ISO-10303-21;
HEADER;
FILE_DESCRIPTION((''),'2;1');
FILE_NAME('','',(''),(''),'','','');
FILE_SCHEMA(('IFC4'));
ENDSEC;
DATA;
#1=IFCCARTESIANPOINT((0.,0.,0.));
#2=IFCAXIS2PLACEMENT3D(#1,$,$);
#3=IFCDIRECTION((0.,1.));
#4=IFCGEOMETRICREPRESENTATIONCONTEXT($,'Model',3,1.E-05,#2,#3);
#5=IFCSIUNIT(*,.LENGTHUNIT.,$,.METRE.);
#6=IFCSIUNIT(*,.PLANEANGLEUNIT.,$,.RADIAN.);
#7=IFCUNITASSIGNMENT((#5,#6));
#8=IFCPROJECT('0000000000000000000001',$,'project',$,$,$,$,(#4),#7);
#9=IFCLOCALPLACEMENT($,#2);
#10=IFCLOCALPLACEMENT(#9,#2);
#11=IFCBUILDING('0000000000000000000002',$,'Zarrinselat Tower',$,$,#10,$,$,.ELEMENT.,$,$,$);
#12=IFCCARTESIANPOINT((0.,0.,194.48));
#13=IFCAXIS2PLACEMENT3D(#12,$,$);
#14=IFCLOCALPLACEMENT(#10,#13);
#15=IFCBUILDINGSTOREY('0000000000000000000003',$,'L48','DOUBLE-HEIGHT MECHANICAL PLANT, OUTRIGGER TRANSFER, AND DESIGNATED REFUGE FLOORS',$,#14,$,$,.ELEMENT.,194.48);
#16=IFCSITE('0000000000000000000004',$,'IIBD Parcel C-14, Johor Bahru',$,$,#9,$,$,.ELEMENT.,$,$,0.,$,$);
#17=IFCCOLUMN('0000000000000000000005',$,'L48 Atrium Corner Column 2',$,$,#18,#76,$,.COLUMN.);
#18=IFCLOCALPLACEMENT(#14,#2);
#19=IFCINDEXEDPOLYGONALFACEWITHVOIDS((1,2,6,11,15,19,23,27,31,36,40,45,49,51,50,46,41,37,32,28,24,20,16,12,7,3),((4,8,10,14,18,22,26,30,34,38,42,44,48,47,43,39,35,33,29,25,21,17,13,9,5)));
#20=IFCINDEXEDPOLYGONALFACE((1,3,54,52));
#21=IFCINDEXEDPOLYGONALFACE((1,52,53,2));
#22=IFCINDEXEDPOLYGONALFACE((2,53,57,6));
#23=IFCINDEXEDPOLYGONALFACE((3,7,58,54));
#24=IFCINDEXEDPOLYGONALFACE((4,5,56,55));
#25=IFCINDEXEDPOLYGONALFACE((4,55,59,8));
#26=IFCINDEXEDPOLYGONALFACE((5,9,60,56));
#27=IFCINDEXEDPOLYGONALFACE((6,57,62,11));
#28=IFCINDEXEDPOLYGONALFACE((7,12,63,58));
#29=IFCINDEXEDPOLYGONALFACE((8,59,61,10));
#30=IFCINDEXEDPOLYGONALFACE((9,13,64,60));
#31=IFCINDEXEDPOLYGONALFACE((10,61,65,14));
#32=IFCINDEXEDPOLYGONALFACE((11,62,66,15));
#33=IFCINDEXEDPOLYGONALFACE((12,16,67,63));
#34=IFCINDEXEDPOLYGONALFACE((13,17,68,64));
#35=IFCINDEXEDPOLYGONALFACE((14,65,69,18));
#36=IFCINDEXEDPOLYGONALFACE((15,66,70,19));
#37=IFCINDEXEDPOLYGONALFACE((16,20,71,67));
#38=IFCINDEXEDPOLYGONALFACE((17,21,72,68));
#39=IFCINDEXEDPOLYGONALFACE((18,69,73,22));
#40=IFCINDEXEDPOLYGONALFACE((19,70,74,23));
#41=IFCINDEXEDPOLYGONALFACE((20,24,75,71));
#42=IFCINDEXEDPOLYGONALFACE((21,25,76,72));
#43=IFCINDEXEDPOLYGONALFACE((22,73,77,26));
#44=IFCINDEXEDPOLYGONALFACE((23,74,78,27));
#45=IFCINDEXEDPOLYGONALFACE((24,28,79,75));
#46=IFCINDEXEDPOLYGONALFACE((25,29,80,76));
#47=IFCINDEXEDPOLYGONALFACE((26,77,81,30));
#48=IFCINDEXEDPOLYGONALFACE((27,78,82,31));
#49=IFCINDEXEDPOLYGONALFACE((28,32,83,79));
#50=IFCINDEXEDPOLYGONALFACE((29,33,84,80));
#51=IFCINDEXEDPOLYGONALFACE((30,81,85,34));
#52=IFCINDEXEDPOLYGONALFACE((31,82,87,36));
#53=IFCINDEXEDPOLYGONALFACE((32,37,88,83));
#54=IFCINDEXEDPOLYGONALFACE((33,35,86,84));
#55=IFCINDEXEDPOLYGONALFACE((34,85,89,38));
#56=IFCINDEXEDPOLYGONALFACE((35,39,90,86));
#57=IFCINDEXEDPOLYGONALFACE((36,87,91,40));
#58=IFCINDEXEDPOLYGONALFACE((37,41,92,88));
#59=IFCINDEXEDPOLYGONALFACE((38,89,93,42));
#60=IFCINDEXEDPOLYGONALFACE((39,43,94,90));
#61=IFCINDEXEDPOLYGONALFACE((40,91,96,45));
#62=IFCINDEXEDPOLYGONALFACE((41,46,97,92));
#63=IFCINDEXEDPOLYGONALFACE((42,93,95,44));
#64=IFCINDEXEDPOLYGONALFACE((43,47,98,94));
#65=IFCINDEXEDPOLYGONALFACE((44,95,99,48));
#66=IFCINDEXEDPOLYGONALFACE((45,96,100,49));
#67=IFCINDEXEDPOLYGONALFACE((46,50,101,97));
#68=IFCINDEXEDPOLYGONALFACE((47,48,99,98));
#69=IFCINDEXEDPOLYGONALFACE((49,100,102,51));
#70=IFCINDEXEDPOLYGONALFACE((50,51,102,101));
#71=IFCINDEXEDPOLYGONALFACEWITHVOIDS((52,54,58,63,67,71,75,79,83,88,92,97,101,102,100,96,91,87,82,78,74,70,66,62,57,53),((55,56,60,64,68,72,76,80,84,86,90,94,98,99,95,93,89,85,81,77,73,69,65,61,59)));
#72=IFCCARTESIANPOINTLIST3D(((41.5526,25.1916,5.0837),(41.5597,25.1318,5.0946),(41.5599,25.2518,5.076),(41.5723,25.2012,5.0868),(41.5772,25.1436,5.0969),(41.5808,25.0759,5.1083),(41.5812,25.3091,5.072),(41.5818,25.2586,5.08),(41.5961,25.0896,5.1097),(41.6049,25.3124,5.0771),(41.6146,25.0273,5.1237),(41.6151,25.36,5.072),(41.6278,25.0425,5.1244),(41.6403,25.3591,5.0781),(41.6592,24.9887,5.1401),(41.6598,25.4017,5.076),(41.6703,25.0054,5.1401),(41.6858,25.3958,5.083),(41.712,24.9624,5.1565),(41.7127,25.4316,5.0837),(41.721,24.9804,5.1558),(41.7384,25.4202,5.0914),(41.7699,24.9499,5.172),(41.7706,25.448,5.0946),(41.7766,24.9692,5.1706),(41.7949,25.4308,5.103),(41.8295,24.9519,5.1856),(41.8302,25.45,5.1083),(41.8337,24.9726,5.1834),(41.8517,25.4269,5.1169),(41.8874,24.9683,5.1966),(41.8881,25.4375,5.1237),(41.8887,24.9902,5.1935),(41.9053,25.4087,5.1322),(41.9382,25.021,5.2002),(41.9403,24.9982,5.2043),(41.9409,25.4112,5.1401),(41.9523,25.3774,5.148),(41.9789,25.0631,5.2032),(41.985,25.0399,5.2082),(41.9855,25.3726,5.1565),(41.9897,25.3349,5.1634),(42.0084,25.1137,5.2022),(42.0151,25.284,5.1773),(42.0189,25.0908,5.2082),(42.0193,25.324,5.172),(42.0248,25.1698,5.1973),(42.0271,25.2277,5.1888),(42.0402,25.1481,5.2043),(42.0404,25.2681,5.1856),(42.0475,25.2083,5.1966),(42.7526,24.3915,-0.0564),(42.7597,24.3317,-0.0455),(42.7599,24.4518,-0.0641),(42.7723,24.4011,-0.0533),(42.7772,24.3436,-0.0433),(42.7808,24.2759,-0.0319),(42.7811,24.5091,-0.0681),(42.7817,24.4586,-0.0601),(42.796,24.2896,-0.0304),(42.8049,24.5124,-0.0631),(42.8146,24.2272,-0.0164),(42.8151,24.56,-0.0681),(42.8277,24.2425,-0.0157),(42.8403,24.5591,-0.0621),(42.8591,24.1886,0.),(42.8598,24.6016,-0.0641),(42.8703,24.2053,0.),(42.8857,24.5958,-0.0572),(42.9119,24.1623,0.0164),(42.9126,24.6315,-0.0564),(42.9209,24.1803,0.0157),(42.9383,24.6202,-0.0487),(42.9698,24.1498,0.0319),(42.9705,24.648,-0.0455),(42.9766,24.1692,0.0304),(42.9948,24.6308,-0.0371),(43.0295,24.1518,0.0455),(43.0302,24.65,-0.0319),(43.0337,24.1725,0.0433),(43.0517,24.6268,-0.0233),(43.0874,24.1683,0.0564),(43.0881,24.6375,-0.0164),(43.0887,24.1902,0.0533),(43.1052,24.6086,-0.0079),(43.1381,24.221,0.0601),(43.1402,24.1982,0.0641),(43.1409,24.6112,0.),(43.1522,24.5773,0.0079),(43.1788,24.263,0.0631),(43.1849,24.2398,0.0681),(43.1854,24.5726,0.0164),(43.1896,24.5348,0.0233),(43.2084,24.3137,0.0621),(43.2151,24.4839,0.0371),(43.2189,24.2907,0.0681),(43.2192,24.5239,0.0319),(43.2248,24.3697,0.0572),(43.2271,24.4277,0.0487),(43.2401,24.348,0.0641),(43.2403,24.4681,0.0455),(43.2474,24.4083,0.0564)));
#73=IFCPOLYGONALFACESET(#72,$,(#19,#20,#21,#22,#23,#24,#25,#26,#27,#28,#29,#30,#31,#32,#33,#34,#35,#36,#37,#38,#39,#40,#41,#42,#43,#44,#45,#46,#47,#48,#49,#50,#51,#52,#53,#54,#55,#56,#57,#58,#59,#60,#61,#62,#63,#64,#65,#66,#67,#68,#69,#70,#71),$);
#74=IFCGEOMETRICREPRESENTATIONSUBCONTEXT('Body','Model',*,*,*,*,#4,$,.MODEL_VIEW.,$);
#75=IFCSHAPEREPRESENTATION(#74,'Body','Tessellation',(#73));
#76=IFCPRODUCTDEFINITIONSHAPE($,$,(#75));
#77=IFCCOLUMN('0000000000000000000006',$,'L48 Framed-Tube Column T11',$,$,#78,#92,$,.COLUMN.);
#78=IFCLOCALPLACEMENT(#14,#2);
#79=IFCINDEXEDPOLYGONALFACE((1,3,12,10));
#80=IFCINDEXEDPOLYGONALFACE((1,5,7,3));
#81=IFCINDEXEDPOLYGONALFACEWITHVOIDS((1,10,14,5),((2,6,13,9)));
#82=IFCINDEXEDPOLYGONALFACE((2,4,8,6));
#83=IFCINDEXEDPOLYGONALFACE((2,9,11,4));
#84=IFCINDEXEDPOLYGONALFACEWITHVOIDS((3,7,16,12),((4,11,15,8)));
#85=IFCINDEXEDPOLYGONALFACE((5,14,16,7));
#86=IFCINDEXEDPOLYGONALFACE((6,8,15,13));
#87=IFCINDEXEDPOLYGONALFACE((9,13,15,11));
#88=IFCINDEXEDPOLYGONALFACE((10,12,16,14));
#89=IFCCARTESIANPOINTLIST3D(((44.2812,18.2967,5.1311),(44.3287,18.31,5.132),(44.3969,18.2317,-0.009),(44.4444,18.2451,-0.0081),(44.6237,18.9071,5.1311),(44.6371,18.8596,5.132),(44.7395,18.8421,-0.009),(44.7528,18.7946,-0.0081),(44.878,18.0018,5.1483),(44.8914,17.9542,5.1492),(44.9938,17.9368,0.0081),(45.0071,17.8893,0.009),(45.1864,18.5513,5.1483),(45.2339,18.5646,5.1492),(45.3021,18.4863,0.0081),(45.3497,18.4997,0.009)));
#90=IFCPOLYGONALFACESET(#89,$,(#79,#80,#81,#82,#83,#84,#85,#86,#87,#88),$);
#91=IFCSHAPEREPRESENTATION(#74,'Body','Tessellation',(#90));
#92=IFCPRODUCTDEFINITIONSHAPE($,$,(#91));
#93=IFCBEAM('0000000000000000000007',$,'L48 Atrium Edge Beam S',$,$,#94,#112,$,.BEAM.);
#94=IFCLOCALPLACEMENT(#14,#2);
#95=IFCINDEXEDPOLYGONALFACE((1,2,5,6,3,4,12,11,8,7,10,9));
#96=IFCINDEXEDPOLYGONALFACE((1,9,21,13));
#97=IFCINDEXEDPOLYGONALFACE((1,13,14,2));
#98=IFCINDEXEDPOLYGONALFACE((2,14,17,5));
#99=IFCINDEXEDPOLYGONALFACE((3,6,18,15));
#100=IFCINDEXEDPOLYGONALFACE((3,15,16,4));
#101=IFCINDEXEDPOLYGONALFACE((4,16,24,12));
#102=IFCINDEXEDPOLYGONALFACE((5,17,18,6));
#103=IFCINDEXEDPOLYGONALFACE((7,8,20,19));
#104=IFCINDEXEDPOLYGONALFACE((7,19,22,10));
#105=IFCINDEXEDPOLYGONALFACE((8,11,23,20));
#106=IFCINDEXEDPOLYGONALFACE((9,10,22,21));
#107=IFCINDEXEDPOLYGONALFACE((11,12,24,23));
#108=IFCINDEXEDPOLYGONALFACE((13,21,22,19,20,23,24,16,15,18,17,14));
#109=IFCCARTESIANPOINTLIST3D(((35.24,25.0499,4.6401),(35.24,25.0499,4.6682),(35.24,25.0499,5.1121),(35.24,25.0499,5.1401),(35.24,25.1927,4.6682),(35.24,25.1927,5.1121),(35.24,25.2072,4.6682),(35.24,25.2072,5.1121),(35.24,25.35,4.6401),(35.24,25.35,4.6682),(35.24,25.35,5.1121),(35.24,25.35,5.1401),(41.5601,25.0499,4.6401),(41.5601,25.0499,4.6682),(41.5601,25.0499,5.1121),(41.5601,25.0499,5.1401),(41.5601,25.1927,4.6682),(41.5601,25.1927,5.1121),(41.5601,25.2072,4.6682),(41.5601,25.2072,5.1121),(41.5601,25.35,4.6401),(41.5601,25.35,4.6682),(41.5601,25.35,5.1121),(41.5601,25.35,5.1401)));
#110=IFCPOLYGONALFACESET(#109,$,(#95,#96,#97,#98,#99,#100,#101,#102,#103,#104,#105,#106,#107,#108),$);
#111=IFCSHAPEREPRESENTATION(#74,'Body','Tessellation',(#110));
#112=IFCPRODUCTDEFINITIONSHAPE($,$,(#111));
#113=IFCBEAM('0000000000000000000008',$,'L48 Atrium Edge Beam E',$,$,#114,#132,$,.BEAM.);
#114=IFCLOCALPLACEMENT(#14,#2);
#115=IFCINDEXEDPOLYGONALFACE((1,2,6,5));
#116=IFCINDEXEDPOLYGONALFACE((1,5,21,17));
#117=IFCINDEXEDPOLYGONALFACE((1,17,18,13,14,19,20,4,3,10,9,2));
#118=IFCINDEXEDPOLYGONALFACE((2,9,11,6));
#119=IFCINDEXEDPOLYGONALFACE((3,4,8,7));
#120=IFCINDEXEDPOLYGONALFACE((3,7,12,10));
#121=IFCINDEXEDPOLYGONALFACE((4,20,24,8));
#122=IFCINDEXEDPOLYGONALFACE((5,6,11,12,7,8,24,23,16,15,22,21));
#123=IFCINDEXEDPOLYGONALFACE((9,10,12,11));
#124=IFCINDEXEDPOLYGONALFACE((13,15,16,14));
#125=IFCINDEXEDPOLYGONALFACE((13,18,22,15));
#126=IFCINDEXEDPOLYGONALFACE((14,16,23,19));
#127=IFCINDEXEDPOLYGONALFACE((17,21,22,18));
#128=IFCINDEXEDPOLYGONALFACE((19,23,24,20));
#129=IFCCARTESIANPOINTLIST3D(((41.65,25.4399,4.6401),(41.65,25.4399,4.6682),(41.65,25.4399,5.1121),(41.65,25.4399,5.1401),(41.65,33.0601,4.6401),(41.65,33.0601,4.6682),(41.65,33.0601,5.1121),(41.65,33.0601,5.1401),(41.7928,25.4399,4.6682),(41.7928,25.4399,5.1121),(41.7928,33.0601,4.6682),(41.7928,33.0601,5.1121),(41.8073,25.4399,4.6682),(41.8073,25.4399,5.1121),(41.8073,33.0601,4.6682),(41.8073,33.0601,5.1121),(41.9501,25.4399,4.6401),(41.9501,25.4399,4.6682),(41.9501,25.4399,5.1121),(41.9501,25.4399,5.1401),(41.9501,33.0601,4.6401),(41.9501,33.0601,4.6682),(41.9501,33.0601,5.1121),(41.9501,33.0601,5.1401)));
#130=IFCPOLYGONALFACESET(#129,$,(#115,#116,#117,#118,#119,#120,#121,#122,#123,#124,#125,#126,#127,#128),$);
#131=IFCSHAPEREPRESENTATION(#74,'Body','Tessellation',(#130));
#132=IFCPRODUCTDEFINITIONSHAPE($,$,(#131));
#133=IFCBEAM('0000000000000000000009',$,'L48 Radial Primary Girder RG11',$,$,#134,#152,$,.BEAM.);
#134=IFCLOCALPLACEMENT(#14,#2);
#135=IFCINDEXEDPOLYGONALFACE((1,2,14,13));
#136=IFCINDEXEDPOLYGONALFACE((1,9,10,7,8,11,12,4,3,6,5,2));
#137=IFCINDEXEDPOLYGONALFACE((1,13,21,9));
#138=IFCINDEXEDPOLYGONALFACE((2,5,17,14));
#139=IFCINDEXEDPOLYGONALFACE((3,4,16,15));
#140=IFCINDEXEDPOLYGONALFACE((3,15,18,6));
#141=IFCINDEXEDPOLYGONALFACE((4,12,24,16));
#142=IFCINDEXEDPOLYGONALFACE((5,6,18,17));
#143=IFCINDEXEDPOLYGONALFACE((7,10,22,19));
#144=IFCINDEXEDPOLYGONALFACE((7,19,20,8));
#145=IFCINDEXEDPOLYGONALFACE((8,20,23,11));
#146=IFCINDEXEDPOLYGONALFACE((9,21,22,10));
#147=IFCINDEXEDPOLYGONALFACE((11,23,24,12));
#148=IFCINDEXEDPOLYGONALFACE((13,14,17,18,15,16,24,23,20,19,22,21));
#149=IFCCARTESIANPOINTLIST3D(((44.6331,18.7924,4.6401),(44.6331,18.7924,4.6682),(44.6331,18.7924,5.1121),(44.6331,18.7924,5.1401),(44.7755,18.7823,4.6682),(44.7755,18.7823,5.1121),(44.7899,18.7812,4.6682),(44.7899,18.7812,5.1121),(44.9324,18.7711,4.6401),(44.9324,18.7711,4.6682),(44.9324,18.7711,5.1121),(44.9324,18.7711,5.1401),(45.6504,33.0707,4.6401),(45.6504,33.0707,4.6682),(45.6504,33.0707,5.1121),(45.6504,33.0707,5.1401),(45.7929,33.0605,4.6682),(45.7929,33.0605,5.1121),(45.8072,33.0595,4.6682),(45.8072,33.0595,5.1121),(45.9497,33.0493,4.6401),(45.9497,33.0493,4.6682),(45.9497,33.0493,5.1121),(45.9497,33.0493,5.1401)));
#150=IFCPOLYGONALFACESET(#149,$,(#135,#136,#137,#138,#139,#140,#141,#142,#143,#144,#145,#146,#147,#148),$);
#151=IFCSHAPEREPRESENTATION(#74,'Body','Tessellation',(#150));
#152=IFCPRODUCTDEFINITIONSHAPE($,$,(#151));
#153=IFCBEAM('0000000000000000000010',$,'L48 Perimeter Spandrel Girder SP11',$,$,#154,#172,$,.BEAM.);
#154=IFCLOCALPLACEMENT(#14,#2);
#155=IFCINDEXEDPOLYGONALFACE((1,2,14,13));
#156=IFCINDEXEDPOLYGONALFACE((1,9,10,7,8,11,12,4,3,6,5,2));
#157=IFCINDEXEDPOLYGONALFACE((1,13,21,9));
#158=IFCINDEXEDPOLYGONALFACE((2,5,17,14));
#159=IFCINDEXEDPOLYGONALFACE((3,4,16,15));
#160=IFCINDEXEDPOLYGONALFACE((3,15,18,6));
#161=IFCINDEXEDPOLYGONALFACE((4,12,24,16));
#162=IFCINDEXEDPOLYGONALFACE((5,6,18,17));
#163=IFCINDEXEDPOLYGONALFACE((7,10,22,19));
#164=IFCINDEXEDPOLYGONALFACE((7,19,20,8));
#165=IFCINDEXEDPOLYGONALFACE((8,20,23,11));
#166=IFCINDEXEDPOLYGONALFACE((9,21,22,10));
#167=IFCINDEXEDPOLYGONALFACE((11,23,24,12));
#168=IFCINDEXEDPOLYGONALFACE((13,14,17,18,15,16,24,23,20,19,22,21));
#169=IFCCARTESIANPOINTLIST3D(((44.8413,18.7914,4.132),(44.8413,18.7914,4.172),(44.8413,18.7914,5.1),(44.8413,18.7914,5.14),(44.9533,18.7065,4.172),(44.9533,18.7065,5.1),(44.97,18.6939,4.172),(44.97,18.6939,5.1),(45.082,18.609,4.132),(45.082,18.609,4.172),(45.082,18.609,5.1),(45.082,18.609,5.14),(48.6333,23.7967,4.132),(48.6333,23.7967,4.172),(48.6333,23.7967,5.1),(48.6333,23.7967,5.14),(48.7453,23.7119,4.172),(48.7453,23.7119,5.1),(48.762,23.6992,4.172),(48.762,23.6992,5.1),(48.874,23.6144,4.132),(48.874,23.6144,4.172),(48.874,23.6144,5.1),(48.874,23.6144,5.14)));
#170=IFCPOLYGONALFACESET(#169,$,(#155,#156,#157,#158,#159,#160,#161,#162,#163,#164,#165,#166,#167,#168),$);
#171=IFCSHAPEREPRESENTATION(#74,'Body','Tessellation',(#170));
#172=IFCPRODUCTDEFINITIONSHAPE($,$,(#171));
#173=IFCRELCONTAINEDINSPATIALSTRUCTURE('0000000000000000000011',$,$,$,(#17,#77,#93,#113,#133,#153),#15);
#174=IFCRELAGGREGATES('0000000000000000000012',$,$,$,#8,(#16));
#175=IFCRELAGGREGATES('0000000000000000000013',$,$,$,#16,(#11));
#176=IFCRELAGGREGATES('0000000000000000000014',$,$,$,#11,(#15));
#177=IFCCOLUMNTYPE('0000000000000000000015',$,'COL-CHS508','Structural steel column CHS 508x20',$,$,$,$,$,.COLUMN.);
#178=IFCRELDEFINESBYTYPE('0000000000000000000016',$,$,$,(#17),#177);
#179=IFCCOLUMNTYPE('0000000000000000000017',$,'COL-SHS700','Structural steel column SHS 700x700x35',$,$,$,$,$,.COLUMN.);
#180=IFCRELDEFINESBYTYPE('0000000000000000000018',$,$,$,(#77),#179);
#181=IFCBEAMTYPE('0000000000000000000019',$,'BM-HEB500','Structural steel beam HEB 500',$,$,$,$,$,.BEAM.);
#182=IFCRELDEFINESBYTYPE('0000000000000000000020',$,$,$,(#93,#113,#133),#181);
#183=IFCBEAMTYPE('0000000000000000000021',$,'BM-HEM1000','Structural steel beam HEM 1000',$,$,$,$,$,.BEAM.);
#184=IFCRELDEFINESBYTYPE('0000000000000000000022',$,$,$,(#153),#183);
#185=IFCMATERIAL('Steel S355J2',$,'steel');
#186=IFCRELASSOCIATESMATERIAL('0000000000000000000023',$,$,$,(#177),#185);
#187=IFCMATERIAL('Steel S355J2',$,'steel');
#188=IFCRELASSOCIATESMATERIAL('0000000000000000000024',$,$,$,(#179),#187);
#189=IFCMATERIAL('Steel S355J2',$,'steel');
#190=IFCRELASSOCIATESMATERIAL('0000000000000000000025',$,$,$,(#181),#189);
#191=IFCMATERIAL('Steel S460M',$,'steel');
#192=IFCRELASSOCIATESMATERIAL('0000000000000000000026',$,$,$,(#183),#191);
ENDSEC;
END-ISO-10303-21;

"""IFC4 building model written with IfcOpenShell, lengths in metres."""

from ifc_helpers import new_model, si_unit, direction, frame, origin, origin_2d, place, context, subcontext, project, spatial, hollow_rectangle, hollow_circle, i_section, extrude, material, material_profile, profile_set, type_object, element, save


model = new_model("IFC4")

# Units and contexts
model_context = context("Model", 3, precision=1e-05, world=origin(), true_north=direction((0.0, 1.0)))
body_context = subcontext(model_context, "Body", "Model", "MODEL_VIEW")
ifc_project = project(units=[si_unit("LENGTHUNIT", "METRE"), si_unit("PLANEANGLEUNIT", "RADIAN")], contexts=[model_context])

# Site, building, storey
site_placement = place(None, origin())
site = spatial("IfcSite", under=ifc_project, at=site_placement, Name="IIBD Parcel C-14, Johor Bahru", CompositionType="ELEMENT", RefElevation=0.0)
building_placement = place(site_placement, origin())
building = spatial("IfcBuilding", under=site, at=building_placement, Name="Zarrinselat Tower", CompositionType="ELEMENT")
storey_placement = place(building_placement, frame((0.0, 0.0, 194.48)))
storey = spatial("IfcBuildingStorey", under=building, at=storey_placement, Name="L48", Description="DOUBLE-HEIGHT MECHANICAL PLANT, OUTRIGGER TRANSFER, AND DESIGNATED REFUGE FLOORS", CompositionType="ELEMENT", Elevation=194.48)

# Columns
ifc_material_1 = material(Name="Steel S355J2", Category="steel")
ifc_material_profile_1 = material_profile(ifc_material_1, hollow_circle(Radius=0.2539, WallThickness=0.02, at=origin_2d()), Name="CHS 508x20")
ifc_profile_set_1 = profile_set([ifc_material_profile_1], Name="Steel S355J2")
column_type_1 = type_object("IfcColumnType", Name="COL-CHS508", Description="Structural steel column CHS 508x20", PredefinedType="COLUMN", material=ifc_profile_set_1)
column_1_placement = place(storey_placement, frame((43.0, 24.3999, 0.0), z_axis=(-0.224768, 0.14986, 0.962819), x_axis=(-0.554739, -0.832024, 0.0)))
element("IfcColumn", 1, at=column_1_placement, inside=storey, type_object=column_type_1, Name="L48 Atrium Corner Column 2", PredefinedType="COLUMN", context=body_context, shape_type="SweptSolid", body=[
    extrude(hollow_circle(Radius=0.2539, WallThickness=0.02, at=origin_2d()), origin(), (0.0, 0.0, 1.0), 5.3386),
])
ifc_material_2 = material(Name="Steel S355J2", Category="steel")
ifc_material_profile_2 = material_profile(ifc_material_2, hollow_rectangle(XDim=0.7, YDim=0.7, WallThickness=0.0349, at=origin_2d()), Name="SHS 700x700x35")
ifc_profile_set_2 = profile_set([ifc_material_profile_2], Name="Steel S355J2")
column_type_2 = type_object("IfcColumnType", Name="COL-SHS700", Description="Structural steel column SHS 700x700x35", PredefinedType="COLUMN", material=ifc_profile_set_2)
column_2_placement = place(storey_placement, frame((44.8733, 18.3657, 0.0), z_axis=(-0.022506, 0.01263, 0.999667), x_axis=(-0.489387, -0.872066, 0.0)))
element("IfcColumn", 2, at=column_2_placement, inside=storey, type_object=column_type_2, Name="L48 Framed-Tube Column T11", PredefinedType="COLUMN", context=body_context, shape_type="SweptSolid", body=[
    extrude(hollow_rectangle(XDim=0.7, YDim=0.7, WallThickness=0.0349, at=origin_2d()), origin(), (0.0, 0.0, 1.0), 5.1418),
])

# Beams
ifc_material_3 = material(Name="Steel S355J2", Category="steel")
ifc_material_profile_3 = material_profile(ifc_material_3, i_section(OverallWidth=0.3, OverallDepth=0.5, WebThickness=0.0144, FlangeThickness=0.0281, at=origin_2d()), Name="HEB 500")
ifc_profile_set_3 = profile_set([ifc_material_profile_3], Name="Steel S355J2")
beam_type_1 = type_object("IfcBeamType", Name="BM-HEB500", Description="Structural steel beam HEB 500", PredefinedType="BEAM", material=ifc_profile_set_3)
beam_1_placement = place(storey_placement, frame((35.24, 25.2, 4.8901), z_axis=(1.0, 0.0, 0.0), x_axis=(0.0, 1.0, 0.0)))
element("IfcBeam", 3, at=beam_1_placement, inside=storey, type_object=beam_type_1, Name="L48 Atrium Edge Beam S", PredefinedType="BEAM", context=body_context, shape_type="SweptSolid", body=[
    extrude(i_section(OverallWidth=0.3, OverallDepth=0.5, WebThickness=0.0144, FlangeThickness=0.0281, at=origin_2d()), origin(), (0.0, 0.0, 1.0), 6.3201),
])
beam_2_placement = place(storey_placement, frame((41.8, 25.4399, 4.8901), z_axis=(0.0, 1.0, 0.0), x_axis=(-1.0, 0.0, 0.0)))
element("IfcBeam", 4, at=beam_2_placement, inside=storey, type_object=beam_type_1, Name="L48 Atrium Edge Beam E", PredefinedType="BEAM", context=body_context, shape_type="SweptSolid", body=[
    extrude(i_section(OverallWidth=0.3, OverallDepth=0.5, WebThickness=0.0144, FlangeThickness=0.0281, at=origin_2d()), origin(), (0.0, 0.0, 1.0), 7.6201),
])
beam_3_placement = place(storey_placement, frame((44.7827, 18.7817, 4.8901), z_axis=(0.07107, 0.997471, 0.0), x_axis=(-0.997471, 0.07107, 0.0)))
element("IfcBeam", 5, at=beam_3_placement, inside=storey, type_object=beam_type_1, Name="L48 Radial Primary Girder RG11", PredefinedType="BEAM", context=body_context, shape_type="SweptSolid", body=[
    extrude(i_section(OverallWidth=0.3, OverallDepth=0.5, WebThickness=0.0144, FlangeThickness=0.0281, at=origin_2d()), origin(), (0.0, 0.0, 1.0), 14.3145),
])
ifc_material_4 = material(Name="Steel S460M", Category="steel")
ifc_material_profile_4 = material_profile(ifc_material_4, i_section(OverallWidth=0.302, OverallDepth=1.0081, WebThickness=0.021, FlangeThickness=0.04, at=origin_2d()), Name="HEM 1000")
ifc_profile_set_4 = profile_set([ifc_material_profile_4], Name="Steel S460M")
beam_type_2 = type_object("IfcBeamType", Name="BM-HEM1000", Description="Structural steel beam HEM 1000", PredefinedType="BEAM", material=ifc_profile_set_4)
beam_4_placement = place(storey_placement, frame((44.9617, 18.7002, 4.636), z_axis=(0.603862, 0.797089, 0.0), x_axis=(-0.797089, 0.603862, 0.0)))
element("IfcBeam", 6, at=beam_4_placement, inside=storey, type_object=beam_type_2, Name="L48 Perimeter Spandrel Girder SP11", PredefinedType="BEAM", context=body_context, shape_type="SweptSolid", body=[
    extrude(i_section(OverallWidth=0.302, OverallDepth=1.0081, WebThickness=0.021, FlangeThickness=0.04, at=origin_2d()), origin(), (0.0, 0.0, 1.0), 6.2795),
])

save(model, "model.ifc")
